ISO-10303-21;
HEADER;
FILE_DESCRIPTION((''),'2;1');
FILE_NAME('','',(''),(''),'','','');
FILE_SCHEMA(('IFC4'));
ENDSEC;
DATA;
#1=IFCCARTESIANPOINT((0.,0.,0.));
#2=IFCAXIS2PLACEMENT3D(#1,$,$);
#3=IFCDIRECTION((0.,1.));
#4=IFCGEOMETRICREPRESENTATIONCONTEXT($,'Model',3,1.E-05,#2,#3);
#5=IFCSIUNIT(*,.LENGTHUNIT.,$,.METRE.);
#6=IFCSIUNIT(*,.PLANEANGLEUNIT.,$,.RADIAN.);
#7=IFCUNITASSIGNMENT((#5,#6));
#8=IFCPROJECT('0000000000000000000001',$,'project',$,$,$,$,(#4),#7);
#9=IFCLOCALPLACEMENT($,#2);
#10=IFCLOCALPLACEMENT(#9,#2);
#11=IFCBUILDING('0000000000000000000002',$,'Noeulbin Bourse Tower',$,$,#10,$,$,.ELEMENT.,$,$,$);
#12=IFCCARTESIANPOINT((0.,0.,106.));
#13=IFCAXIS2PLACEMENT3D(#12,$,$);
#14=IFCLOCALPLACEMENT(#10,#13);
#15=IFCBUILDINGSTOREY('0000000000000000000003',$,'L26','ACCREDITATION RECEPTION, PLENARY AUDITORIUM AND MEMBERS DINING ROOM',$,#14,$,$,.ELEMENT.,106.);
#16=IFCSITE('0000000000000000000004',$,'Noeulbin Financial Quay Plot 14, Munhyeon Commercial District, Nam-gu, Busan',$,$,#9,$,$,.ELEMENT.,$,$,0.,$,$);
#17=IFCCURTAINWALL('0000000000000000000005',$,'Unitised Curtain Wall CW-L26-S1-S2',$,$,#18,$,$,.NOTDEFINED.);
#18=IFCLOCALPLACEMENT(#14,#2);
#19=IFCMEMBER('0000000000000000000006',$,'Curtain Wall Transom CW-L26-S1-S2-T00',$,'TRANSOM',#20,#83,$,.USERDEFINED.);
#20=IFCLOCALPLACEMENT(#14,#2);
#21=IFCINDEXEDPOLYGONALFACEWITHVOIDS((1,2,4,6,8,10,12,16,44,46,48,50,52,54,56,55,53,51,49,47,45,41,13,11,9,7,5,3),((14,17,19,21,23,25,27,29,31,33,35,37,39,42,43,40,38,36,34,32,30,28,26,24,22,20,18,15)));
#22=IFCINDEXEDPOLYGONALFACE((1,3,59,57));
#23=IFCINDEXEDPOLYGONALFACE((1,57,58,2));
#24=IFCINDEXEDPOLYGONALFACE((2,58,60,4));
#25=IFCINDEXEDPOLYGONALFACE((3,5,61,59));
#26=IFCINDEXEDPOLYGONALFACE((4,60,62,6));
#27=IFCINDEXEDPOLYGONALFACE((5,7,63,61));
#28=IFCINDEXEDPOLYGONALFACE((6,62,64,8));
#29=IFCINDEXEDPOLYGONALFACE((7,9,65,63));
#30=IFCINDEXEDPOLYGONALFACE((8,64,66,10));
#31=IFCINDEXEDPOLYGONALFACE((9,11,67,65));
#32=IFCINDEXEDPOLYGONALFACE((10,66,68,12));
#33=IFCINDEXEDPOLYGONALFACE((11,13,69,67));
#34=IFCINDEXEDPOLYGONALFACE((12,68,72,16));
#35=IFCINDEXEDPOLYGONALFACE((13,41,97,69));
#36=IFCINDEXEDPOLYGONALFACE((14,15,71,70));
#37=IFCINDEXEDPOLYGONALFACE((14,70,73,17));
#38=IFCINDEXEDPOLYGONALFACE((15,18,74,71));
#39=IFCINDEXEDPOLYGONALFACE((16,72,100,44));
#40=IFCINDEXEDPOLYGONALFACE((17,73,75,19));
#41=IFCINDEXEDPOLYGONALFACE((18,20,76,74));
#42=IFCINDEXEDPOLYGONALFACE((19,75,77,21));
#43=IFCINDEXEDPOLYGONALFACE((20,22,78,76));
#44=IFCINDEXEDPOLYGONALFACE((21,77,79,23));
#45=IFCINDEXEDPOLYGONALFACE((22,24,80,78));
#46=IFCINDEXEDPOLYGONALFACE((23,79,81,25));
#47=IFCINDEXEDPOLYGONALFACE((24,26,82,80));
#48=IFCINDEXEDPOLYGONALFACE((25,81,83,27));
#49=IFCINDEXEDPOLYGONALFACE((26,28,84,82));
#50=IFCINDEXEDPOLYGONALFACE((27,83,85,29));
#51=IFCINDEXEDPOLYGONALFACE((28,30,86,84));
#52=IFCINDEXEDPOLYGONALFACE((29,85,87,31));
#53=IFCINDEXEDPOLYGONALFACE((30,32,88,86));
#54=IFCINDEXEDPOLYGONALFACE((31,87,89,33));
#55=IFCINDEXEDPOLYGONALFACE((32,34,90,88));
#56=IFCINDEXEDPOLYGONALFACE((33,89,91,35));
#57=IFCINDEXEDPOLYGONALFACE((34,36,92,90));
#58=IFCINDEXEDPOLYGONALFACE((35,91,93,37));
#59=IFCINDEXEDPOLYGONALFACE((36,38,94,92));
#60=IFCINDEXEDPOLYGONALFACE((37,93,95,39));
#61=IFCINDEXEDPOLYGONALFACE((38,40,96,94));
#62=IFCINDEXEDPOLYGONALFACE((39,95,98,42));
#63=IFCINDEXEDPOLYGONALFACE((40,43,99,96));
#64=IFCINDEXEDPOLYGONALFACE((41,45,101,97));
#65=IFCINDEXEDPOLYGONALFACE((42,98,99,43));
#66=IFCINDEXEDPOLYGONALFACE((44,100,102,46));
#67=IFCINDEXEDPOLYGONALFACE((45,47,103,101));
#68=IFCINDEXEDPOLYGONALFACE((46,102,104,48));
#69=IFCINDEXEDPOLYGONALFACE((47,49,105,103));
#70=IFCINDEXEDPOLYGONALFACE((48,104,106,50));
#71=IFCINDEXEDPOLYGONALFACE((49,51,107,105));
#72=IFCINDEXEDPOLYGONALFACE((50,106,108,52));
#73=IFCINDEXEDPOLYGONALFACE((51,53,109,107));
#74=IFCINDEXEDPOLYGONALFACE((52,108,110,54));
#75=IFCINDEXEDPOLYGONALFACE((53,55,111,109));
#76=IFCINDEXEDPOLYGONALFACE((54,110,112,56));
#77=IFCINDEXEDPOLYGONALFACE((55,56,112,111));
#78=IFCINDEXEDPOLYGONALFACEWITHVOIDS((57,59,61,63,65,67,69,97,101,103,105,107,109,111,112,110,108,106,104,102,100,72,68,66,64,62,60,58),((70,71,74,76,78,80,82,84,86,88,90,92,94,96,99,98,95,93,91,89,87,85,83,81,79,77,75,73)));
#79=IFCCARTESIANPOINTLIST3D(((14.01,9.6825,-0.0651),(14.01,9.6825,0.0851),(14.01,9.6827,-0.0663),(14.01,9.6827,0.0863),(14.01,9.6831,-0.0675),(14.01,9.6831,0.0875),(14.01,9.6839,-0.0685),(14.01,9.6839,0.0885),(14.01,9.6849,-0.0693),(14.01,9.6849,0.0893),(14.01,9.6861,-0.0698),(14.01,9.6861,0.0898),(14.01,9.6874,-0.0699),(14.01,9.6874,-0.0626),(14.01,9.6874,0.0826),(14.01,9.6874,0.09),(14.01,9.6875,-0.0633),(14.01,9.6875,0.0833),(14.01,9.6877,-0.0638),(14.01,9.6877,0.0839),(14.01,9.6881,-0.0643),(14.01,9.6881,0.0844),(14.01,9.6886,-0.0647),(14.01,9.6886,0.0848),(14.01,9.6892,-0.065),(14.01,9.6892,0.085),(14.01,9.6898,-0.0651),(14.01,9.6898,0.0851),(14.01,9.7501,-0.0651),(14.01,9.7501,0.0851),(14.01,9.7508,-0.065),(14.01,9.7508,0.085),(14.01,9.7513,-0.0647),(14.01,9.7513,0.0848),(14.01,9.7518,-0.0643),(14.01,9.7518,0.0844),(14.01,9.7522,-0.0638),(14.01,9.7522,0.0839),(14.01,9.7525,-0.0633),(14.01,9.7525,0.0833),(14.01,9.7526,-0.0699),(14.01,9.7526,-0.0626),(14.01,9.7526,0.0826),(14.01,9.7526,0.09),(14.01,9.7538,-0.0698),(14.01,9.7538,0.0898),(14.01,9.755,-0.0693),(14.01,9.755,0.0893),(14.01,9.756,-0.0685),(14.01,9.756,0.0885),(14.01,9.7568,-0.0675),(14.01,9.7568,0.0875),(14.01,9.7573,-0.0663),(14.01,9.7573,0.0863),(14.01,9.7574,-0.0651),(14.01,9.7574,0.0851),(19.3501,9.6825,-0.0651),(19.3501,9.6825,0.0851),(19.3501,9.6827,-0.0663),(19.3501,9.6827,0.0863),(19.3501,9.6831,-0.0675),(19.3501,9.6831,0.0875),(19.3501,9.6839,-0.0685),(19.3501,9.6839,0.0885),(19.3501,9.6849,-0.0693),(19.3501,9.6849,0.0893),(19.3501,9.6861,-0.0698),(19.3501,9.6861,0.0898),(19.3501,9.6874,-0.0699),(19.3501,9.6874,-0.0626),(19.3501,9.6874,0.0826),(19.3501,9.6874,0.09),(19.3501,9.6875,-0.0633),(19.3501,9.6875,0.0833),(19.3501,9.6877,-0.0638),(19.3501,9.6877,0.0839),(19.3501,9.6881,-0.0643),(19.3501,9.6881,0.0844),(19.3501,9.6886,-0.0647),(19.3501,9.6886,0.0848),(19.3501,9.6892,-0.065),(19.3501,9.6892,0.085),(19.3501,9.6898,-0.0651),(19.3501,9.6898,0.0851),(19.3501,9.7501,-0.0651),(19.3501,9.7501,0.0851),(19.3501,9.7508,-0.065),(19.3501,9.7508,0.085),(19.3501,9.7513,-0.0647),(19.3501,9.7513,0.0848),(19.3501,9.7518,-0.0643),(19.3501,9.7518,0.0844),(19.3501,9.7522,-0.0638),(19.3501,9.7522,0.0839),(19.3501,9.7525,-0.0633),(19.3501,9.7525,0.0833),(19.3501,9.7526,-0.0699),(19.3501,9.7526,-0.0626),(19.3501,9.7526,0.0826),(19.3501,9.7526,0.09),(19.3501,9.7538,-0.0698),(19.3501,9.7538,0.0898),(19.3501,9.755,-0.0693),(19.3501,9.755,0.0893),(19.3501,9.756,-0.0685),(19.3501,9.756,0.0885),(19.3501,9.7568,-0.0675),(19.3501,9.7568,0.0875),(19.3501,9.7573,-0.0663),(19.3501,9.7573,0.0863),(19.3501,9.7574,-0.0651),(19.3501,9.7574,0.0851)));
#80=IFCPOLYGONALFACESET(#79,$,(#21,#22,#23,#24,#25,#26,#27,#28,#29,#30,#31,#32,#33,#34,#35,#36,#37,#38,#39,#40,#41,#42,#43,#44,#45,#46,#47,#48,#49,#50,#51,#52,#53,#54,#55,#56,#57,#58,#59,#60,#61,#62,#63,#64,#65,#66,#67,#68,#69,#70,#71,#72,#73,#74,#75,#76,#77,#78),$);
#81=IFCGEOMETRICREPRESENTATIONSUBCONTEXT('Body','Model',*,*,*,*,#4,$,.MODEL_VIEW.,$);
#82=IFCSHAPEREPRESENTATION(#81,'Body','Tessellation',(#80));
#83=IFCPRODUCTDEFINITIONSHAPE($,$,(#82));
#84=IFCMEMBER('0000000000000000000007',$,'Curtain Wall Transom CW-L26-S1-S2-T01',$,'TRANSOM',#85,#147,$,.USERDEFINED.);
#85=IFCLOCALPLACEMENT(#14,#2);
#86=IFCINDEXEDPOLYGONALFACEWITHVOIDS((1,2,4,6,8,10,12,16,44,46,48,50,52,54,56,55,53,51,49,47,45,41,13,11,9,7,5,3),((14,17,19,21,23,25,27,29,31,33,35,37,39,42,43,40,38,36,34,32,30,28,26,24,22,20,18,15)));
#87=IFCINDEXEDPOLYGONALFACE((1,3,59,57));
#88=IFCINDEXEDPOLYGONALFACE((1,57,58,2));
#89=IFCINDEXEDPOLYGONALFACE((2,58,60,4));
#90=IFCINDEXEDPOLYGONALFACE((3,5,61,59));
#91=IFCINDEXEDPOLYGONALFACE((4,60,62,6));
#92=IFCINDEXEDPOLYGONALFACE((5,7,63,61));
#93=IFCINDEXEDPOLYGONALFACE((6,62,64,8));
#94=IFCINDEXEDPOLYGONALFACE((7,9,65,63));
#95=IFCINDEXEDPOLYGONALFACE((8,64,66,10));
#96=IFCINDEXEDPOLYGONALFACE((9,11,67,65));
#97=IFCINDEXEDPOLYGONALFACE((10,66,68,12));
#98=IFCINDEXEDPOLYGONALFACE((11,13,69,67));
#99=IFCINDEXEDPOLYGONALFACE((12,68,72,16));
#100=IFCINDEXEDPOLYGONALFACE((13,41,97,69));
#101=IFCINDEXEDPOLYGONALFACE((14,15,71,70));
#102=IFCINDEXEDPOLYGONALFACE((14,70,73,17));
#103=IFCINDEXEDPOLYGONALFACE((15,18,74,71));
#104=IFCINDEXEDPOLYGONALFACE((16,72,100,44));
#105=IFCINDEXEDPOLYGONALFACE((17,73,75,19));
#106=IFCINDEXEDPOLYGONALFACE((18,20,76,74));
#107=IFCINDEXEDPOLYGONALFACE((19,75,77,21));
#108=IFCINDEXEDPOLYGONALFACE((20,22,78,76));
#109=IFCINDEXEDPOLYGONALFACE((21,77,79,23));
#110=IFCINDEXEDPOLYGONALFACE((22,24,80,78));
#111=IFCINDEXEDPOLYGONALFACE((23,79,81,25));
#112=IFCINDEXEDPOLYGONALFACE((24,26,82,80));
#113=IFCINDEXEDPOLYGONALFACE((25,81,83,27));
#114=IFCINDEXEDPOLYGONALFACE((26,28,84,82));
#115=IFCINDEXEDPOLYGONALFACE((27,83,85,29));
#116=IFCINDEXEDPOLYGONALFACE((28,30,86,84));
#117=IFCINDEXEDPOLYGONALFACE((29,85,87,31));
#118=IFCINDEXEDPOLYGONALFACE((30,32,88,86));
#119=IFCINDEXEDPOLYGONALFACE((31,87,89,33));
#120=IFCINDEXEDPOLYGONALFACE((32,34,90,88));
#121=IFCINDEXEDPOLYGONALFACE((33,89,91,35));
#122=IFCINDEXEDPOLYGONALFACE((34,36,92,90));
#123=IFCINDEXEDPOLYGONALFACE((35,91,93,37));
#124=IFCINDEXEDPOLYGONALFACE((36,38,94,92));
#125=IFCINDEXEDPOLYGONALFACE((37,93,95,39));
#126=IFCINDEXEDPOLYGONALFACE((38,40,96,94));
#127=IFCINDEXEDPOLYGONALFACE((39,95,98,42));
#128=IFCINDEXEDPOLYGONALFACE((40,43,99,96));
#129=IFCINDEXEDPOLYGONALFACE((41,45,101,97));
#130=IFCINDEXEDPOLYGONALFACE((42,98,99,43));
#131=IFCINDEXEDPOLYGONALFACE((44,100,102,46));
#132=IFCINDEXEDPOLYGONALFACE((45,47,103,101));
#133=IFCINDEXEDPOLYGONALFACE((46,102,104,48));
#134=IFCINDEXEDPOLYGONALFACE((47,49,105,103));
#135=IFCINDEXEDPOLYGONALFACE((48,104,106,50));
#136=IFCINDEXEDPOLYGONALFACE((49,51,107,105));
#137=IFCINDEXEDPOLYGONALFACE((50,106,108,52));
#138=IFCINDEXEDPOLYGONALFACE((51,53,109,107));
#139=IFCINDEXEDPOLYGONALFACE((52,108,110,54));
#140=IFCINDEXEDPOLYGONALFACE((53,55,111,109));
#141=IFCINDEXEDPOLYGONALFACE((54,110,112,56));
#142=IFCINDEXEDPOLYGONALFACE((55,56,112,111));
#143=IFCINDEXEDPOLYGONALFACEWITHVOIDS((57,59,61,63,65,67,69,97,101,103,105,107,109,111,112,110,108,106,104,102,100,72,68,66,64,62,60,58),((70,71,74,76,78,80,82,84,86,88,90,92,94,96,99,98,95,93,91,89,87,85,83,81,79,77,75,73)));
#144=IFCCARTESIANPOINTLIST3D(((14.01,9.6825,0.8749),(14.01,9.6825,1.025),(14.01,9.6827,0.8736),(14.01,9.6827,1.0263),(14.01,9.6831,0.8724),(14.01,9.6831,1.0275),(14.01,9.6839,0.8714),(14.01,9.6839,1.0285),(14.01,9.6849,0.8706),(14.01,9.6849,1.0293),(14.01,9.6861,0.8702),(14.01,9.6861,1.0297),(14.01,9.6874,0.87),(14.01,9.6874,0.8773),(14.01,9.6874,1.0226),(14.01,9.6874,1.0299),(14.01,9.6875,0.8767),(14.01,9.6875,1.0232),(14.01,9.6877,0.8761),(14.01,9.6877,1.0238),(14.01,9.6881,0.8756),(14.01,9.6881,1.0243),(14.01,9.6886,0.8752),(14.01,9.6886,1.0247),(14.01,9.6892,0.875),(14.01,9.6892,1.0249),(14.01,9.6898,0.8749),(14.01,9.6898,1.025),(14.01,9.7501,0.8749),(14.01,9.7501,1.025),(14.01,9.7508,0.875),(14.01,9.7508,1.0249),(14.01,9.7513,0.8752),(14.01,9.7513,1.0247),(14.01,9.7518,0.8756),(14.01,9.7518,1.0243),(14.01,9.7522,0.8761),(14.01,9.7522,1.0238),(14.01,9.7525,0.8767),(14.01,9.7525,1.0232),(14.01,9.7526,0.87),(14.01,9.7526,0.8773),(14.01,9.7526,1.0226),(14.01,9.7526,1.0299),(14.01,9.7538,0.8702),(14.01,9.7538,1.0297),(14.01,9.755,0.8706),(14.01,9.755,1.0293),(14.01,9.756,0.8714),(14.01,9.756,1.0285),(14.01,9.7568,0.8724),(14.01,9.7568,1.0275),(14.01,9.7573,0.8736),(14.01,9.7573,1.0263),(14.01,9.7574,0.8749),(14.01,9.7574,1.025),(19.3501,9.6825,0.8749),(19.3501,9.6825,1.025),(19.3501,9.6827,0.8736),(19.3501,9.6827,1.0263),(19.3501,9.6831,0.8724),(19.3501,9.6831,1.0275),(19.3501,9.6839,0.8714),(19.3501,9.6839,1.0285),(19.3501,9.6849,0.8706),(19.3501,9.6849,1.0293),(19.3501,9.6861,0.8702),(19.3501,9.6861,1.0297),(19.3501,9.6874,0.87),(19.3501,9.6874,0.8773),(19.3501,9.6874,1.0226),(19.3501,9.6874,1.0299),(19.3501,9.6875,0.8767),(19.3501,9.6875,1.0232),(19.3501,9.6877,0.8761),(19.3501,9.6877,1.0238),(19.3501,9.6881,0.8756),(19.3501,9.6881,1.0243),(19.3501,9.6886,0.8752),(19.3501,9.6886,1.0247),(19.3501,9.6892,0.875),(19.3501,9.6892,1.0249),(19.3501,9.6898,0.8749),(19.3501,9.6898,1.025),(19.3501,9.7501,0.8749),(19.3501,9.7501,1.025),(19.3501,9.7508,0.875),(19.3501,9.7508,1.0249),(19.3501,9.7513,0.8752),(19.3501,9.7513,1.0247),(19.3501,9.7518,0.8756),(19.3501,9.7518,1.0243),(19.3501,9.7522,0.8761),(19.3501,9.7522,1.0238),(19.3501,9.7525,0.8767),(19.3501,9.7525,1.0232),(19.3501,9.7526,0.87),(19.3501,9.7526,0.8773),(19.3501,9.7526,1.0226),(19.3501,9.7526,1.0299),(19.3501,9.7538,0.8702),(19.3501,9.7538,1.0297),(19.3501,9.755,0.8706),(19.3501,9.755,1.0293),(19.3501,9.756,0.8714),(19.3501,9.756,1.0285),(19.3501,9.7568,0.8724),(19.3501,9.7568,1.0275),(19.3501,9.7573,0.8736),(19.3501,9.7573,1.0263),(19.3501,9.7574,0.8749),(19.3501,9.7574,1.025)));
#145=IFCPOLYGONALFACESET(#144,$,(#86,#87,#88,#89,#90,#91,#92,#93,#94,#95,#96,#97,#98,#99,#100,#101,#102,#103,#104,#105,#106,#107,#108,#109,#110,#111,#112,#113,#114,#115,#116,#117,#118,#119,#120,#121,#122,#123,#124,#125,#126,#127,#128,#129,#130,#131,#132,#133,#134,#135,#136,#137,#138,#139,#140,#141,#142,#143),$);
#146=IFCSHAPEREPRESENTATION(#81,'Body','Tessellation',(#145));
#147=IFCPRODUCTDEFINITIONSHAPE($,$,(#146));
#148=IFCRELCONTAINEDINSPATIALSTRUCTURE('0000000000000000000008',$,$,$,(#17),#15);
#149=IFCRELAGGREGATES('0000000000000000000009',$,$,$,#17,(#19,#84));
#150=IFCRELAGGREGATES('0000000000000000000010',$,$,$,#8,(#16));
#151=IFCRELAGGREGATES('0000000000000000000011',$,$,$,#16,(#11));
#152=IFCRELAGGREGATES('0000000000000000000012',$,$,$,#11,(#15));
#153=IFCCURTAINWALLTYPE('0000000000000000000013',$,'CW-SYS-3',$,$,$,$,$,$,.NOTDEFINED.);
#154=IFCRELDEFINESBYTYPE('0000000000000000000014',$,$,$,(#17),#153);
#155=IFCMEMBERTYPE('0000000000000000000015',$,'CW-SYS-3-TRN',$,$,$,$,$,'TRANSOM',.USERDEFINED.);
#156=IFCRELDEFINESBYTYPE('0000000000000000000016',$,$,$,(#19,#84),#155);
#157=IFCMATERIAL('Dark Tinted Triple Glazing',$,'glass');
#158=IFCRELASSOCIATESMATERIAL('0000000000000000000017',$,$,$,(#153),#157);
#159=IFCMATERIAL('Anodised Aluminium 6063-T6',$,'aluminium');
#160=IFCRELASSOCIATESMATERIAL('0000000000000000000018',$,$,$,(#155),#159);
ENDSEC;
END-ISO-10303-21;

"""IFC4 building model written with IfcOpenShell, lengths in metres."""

from ifc_helpers import new_model, si_unit, direction, frame, origin, origin_2d, place, context, subcontext, project, spatial, hollow_rectangle, extrude, material, material_profile, profile_set, type_object, element, aggregate, save


model = new_model("IFC4")

# Units and contexts
model_context = context("Model", 3, precision=1e-05, world=origin(), true_north=direction((0.0, 1.0)))
body_context = subcontext(model_context, "Body", "Model", "MODEL_VIEW")
ifc_project = project(units=[si_unit("LENGTHUNIT", "METRE"), si_unit("PLANEANGLEUNIT", "RADIAN")], contexts=[model_context])

# Site, building, storey
site_placement = place(None, origin())
site = spatial("IfcSite", under=ifc_project, at=site_placement, Name="Noeulbin Financial Quay Plot 14, Munhyeon Commercial District, Nam-gu, Busan", CompositionType="ELEMENT", RefElevation=0.0)
building_placement = place(site_placement, origin())
building = spatial("IfcBuilding", under=site, at=building_placement, Name="Noeulbin Bourse Tower", CompositionType="ELEMENT")
storey_placement = place(building_placement, frame((0.0, 0.0, 106.0)))
storey = spatial("IfcBuildingStorey", under=building, at=storey_placement, Name="L26", Description="ACCREDITATION RECEPTION, PLENARY AUDITORIUM AND MEMBERS DINING ROOM", CompositionType="ELEMENT", Elevation=106.0)

# Shared definitions
ifc_material_1 = material(Name="Dark Tinted Triple Glazing", Category="glass")
curtain_wall_type = type_object("IfcCurtainWallType", Name="CW-SYS-3", PredefinedType="NOTDEFINED", material=ifc_material_1)
ifc_material_2 = material(Name="Anodised Aluminium 6063-T6", Category="aluminium")

# Curtain wall
curtain_wall_1_placement = place(storey_placement, origin())
curtain_wall_1 = element("IfcCurtainWall", 1, at=curtain_wall_1_placement, inside=storey, type_object=curtain_wall_type, Name="Unitised Curtain Wall CW-L26-S1-S2", PredefinedType="NOTDEFINED")

# Members
ifc_material_profile_1 = material_profile(ifc_material_2, hollow_rectangle(XDim=0.075, YDim=0.1599, WallThickness=0.0049, InnerFilletRadius=0.0024, OuterFilletRadius=0.0049, at=origin_2d()), Name="ALU-TRAN-75x160x5", Category="LoadBearing")
ifc_profile_set_1 = profile_set([ifc_material_profile_1], Name="Anodised Aluminium 6063-T6")
member_type_1 = type_object("IfcMemberType", Name="CW-SYS-3-TRN", ElementType="TRANSOM", PredefinedType="USERDEFINED", material=ifc_profile_set_1)
member_1_placement = place(storey_placement, frame((14.01, 9.72, 0.01), z_axis=(1.0, 0.0, 0.0), x_axis=(0.0, 1.0, 0.0)))
member_1 = element("IfcMember", 2, at=member_1_placement, type_object=member_type_1, Name="Curtain Wall Transom CW-L26-S1-S2-T00", ObjectType="TRANSOM", PredefinedType="USERDEFINED", context=body_context, shape_type="SweptSolid", body=[
    extrude(hollow_rectangle(XDim=0.075, YDim=0.1599, WallThickness=0.0049, InnerFilletRadius=0.0024, OuterFilletRadius=0.0049, at=origin_2d()), origin(), (0.0, 0.0, 1.0), 5.3401),
])
member_2_placement = place(storey_placement, frame((14.01, 9.72, 0.95), z_axis=(1.0, 0.0, 0.0), x_axis=(0.0, 1.0, 0.0)))
member_2 = element("IfcMember", 3, at=member_2_placement, type_object=member_type_1, Name="Curtain Wall Transom CW-L26-S1-S2-T01", ObjectType="TRANSOM", PredefinedType="USERDEFINED", context=body_context, shape_type="SweptSolid", body=[
    extrude(hollow_rectangle(XDim=0.075, YDim=0.1599, WallThickness=0.0049, InnerFilletRadius=0.0024, OuterFilletRadius=0.0049, at=origin_2d()), origin(), (0.0, 0.0, 1.0), 5.3401),
])

aggregate(curtain_wall_1, [member_1, member_2])

save(model, "model.ifc")
